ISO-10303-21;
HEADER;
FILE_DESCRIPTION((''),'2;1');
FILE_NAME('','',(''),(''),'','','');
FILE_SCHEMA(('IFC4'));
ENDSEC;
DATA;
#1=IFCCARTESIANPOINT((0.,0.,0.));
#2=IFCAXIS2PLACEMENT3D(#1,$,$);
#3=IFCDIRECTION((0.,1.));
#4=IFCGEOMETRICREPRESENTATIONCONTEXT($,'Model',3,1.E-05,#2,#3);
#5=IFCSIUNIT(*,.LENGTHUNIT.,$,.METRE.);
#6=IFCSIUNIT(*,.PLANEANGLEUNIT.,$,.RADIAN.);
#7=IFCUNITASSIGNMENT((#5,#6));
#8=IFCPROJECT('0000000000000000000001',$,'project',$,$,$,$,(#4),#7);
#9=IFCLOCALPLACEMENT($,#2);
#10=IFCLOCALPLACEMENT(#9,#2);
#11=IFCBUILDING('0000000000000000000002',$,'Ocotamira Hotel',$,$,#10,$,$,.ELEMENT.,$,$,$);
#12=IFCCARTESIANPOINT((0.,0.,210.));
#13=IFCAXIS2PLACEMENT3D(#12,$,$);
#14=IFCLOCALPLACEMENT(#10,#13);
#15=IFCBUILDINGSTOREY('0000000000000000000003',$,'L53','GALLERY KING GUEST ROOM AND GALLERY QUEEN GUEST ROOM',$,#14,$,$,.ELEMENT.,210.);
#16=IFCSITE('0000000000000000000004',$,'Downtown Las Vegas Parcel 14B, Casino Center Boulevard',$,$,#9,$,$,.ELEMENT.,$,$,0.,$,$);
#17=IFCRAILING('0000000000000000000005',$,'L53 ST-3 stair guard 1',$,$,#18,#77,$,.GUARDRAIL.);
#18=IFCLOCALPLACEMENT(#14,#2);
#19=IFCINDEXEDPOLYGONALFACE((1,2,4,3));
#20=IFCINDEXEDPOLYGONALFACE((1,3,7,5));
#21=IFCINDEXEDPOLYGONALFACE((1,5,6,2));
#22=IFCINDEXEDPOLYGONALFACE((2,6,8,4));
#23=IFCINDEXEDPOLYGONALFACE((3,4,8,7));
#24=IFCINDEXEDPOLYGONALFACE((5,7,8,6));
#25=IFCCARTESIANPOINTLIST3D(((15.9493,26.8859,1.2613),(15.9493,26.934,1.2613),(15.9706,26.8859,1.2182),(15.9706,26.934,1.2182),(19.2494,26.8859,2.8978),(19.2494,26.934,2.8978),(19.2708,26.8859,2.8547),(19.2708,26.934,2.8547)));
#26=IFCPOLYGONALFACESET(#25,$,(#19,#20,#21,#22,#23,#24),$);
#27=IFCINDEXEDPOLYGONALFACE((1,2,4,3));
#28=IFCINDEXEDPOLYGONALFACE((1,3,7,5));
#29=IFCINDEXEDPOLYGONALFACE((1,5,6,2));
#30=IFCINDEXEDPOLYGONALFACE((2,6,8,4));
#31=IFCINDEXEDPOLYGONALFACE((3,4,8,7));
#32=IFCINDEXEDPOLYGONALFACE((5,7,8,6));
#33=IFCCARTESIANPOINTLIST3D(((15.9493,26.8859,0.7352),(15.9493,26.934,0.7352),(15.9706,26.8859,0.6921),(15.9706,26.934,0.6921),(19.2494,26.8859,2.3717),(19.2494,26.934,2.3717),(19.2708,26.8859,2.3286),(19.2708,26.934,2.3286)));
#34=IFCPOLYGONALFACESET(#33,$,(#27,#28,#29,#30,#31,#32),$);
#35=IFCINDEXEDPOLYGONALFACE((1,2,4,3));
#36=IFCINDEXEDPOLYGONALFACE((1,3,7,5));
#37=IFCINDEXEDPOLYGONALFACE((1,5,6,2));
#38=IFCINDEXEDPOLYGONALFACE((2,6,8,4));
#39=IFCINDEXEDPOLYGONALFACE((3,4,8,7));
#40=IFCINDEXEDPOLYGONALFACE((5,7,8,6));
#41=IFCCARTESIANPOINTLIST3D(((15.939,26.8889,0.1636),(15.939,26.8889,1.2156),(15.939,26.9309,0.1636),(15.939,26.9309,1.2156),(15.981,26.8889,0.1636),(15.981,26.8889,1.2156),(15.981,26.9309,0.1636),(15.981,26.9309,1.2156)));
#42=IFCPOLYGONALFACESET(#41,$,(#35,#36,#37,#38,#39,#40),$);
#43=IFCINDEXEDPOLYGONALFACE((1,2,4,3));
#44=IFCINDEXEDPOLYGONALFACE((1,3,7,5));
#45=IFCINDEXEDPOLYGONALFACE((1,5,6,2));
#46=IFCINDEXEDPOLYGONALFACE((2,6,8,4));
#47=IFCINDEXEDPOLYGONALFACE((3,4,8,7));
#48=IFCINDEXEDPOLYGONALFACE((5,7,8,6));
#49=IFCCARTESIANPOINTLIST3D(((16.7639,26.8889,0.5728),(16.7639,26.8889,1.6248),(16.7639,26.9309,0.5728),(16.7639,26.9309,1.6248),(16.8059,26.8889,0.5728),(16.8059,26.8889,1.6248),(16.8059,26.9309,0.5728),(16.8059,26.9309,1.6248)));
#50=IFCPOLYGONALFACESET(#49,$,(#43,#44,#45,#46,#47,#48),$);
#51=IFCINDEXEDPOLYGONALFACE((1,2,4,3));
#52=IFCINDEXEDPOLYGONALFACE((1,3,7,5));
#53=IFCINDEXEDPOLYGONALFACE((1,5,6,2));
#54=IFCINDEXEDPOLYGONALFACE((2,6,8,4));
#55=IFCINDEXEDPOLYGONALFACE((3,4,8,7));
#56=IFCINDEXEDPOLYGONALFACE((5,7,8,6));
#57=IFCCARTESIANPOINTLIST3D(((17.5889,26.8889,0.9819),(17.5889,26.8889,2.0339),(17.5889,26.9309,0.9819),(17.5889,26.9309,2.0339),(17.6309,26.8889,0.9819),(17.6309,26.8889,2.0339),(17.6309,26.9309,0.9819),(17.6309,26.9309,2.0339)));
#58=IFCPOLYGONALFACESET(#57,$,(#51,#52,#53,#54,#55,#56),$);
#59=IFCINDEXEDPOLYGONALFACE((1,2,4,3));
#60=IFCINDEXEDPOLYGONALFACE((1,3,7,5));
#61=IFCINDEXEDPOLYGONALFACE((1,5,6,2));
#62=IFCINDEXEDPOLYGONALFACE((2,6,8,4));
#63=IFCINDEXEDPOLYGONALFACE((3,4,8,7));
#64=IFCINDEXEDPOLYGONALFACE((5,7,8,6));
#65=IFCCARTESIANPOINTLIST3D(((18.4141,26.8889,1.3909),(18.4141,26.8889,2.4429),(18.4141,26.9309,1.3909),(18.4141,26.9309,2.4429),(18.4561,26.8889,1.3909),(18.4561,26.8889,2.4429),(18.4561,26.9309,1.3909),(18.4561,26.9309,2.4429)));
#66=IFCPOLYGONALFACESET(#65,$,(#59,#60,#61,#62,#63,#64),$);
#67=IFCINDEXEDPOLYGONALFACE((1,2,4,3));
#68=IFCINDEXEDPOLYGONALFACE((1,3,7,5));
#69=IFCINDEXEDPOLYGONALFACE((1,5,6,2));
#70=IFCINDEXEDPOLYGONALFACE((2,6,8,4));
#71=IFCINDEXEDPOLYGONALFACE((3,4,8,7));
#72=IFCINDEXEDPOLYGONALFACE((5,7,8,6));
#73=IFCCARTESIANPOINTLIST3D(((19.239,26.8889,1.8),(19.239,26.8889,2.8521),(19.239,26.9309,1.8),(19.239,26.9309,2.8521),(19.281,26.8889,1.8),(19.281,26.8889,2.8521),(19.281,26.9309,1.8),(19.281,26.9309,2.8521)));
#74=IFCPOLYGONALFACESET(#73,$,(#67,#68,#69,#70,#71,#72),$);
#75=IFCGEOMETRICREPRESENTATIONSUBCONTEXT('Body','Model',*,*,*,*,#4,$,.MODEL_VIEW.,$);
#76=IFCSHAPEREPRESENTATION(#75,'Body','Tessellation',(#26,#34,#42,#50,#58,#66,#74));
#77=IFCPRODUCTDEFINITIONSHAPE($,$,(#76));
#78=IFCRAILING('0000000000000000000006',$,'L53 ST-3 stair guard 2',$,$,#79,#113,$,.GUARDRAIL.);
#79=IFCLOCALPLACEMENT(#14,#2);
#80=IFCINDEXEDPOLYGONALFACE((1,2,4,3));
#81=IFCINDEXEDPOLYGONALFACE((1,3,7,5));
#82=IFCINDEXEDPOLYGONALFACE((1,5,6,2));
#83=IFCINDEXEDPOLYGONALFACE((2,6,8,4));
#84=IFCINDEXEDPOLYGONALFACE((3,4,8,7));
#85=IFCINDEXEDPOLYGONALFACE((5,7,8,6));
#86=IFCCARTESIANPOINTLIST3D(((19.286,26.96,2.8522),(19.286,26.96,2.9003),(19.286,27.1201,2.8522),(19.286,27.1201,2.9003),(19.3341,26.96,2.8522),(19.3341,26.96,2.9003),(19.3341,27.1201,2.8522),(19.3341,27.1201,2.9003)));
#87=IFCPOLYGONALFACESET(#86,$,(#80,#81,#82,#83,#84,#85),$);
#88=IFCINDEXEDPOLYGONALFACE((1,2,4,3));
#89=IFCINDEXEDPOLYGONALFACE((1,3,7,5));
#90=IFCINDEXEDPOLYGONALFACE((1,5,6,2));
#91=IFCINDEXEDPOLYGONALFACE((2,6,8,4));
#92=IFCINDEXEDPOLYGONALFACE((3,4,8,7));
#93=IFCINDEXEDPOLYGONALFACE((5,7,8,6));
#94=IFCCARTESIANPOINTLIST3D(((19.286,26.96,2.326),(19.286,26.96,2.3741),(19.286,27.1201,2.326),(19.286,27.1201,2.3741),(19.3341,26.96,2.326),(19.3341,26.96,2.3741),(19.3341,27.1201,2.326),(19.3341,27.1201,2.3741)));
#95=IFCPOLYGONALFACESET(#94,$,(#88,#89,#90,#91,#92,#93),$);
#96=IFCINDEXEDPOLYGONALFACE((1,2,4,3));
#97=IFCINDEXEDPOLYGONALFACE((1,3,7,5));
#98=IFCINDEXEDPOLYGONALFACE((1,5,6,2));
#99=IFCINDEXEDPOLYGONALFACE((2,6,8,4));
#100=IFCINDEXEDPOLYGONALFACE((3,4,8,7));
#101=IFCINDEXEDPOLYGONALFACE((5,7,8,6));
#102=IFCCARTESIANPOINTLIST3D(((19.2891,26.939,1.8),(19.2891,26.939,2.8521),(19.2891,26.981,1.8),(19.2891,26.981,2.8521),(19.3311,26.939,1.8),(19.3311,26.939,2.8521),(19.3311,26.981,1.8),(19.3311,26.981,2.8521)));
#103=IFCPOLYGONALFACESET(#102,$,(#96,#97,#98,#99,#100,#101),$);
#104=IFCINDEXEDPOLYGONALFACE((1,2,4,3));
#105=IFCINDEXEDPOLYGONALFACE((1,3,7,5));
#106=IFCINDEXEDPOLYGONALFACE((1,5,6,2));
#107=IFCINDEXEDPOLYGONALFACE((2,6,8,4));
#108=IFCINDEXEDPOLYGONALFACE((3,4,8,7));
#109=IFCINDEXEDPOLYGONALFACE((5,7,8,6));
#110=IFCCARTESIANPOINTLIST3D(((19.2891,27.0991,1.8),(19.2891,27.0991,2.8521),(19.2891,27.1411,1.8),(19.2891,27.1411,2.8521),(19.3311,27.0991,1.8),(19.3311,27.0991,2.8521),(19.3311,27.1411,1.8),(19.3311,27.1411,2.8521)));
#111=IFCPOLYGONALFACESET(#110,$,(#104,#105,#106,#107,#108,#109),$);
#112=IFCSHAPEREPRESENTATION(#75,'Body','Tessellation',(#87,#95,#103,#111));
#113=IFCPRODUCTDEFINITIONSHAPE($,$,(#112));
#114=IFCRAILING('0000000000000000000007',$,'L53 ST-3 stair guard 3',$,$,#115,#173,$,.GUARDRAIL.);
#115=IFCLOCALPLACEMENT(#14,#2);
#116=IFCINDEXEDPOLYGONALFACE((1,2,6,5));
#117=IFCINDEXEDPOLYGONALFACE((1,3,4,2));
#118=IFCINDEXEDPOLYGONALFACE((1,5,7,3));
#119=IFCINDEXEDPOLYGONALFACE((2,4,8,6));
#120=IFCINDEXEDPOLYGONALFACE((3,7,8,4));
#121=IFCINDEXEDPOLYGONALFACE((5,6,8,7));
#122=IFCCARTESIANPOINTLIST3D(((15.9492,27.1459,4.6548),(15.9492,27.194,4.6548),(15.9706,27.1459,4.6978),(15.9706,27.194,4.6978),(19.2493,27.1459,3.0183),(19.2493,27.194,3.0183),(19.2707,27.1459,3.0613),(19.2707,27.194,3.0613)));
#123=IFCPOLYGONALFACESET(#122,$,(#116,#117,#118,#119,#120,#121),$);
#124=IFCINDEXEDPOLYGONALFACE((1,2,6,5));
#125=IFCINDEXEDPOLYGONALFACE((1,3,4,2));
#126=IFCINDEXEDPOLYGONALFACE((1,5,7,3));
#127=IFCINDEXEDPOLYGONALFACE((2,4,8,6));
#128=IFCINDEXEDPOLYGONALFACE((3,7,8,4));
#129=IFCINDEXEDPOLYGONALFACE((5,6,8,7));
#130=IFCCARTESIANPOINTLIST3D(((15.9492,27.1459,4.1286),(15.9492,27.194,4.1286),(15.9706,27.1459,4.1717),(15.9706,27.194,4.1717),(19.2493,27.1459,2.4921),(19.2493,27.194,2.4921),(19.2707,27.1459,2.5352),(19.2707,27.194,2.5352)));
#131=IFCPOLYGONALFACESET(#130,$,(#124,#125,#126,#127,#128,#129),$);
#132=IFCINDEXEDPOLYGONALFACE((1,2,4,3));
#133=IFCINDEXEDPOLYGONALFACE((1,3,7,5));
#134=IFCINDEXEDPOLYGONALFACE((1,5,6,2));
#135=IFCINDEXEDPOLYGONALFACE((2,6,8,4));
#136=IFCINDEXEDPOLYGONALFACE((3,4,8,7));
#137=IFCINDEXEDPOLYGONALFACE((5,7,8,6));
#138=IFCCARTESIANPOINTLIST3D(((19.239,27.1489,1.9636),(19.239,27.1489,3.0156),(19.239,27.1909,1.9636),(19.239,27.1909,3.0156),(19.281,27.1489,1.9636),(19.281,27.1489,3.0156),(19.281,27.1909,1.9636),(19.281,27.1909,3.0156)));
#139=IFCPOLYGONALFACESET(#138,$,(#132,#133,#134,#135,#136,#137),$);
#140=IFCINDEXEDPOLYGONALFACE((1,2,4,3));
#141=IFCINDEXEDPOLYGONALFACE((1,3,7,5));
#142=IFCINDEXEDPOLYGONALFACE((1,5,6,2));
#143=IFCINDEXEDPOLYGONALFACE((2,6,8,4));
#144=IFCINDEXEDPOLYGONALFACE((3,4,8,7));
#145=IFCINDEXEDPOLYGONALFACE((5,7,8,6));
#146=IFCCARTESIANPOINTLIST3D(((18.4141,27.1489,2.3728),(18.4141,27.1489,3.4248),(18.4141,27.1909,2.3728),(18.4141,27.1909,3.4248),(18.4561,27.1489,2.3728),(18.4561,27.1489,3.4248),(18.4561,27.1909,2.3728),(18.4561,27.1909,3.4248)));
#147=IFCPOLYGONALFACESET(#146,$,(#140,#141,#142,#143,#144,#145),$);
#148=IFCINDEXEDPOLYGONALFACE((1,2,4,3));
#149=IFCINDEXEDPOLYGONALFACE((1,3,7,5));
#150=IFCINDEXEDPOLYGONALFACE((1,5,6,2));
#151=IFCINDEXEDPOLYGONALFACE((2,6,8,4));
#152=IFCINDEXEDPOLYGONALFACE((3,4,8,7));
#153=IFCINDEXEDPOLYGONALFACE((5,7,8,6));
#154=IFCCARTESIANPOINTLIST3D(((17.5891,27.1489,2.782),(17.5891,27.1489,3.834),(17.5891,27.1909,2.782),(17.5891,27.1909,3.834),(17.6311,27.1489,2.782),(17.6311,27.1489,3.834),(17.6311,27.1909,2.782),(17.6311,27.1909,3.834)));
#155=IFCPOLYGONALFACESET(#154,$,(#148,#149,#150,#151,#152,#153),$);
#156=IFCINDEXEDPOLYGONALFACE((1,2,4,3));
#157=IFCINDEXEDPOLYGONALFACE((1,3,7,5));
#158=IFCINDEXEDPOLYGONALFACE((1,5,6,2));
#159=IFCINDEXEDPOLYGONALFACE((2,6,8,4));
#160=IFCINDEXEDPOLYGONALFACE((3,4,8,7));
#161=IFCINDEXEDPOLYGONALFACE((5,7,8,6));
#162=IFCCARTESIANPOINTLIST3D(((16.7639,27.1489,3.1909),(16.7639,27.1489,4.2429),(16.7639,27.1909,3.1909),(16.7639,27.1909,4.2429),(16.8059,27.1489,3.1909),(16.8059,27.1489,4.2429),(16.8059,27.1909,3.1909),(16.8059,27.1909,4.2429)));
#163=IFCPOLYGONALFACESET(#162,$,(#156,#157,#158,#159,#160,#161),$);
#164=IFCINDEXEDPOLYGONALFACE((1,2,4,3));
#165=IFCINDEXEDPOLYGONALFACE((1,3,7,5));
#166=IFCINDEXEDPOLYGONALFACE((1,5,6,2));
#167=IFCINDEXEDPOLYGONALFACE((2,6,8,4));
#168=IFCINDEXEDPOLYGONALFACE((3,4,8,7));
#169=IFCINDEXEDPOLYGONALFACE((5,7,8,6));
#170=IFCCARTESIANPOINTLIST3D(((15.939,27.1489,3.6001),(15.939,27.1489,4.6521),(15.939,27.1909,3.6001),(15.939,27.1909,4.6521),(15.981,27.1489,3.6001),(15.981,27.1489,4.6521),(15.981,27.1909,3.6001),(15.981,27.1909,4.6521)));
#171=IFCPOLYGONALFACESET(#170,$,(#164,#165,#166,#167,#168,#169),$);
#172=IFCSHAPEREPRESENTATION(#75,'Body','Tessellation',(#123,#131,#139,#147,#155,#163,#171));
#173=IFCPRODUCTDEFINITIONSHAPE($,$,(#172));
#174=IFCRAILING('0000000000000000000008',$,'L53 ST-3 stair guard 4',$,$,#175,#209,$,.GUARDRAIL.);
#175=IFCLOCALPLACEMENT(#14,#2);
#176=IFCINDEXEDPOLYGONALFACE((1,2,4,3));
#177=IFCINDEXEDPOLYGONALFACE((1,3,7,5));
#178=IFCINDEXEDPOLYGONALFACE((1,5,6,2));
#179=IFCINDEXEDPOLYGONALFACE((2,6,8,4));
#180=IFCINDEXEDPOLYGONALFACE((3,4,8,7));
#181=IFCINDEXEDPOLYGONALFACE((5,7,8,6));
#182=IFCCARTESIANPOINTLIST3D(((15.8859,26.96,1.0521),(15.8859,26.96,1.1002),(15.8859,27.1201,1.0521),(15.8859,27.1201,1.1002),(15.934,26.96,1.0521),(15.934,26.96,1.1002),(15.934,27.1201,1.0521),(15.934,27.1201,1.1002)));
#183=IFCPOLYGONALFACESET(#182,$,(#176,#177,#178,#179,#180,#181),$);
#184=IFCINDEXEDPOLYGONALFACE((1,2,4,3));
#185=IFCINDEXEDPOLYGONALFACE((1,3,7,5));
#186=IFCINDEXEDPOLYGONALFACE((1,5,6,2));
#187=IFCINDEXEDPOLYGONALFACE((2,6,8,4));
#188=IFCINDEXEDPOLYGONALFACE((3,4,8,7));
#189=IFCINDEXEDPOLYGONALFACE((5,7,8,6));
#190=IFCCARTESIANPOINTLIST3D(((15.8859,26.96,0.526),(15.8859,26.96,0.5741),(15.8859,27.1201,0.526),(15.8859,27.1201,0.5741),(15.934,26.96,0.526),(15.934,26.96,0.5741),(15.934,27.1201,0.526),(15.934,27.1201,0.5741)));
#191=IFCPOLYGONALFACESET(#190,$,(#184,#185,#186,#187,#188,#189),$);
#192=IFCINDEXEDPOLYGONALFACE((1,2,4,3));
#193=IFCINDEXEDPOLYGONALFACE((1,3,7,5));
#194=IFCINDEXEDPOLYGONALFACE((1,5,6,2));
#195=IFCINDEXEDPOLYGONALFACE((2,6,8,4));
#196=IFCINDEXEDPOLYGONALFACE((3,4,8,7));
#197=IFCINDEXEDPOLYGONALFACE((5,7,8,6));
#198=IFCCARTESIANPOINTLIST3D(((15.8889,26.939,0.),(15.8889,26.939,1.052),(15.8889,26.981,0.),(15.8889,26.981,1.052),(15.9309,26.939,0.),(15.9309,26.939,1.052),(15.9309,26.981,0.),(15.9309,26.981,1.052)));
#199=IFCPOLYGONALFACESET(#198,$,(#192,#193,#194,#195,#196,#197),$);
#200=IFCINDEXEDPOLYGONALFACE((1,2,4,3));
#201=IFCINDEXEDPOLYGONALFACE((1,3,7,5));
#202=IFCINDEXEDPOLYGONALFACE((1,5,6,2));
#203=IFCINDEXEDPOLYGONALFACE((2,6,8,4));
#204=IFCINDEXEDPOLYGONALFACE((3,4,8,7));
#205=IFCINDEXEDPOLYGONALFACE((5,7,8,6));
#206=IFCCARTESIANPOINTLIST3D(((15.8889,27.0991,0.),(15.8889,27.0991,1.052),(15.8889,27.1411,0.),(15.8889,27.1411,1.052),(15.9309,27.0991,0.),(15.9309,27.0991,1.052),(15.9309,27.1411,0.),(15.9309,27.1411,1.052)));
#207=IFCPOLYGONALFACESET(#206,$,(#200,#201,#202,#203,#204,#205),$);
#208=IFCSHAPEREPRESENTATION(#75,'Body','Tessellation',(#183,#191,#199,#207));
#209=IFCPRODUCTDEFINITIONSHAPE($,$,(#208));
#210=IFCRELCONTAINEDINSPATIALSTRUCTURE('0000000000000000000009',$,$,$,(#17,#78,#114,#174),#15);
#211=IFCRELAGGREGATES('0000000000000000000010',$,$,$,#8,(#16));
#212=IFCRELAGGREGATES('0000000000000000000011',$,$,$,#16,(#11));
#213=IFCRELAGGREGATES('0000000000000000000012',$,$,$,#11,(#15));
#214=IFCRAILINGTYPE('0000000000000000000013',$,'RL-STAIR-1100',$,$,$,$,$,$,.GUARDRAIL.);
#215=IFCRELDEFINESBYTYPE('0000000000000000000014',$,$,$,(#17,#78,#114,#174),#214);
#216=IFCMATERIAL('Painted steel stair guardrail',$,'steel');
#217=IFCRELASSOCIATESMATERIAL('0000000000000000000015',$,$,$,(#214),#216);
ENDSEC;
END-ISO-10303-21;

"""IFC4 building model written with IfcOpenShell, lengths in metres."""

from ifc_helpers import new_model, si_unit, direction, frame, origin, origin_2d, place, context, subcontext, project, spatial, rectangle, extrude, material, type_object, element, save


model = new_model("IFC4")

# Units and contexts
model_context = context("Model", 3, precision=1e-05, world=origin(), true_north=direction((0.0, 1.0)))
body_context = subcontext(model_context, "Body", "Model", "MODEL_VIEW")
ifc_project = project(units=[si_unit("LENGTHUNIT", "METRE"), si_unit("PLANEANGLEUNIT", "RADIAN")], contexts=[model_context])

# Site, building, storey
site_placement = place(None, origin())
site = spatial("IfcSite", under=ifc_project, at=site_placement, Name="Downtown Las Vegas Parcel 14B, Casino Center Boulevard", CompositionType="ELEMENT", RefElevation=0.0)
building_placement = place(site_placement, origin())
building = spatial("IfcBuilding", under=site, at=building_placement, Name="Ocotamira Hotel", CompositionType="ELEMENT")
storey_placement = place(building_placement, frame((0.0, 0.0, 210.0)))
storey = spatial("IfcBuildingStorey", under=building, at=storey_placement, Name="L53", Description="GALLERY KING GUEST ROOM AND GALLERY QUEEN GUEST ROOM", CompositionType="ELEMENT", Elevation=210.0)

# Railings
ifc_material_1 = material(Name="Painted steel stair guardrail", Category="steel")
railing_type_1 = type_object("IfcRailingType", Name="RL-STAIR-1100", PredefinedType="GUARDRAIL", material=ifc_material_1)
railing_1_placement = place(storey_placement, frame((15.96, 26.9099, 0.1636)))
element("IfcRailing", 1, at=railing_1_placement, inside=storey, type_object=railing_type_1, Name="L53 ST-3 stair guard 1", PredefinedType="GUARDRAIL", context=body_context, shape_type="SweptSolid", body=[
    extrude(rectangle(XDim=0.0481, YDim=0.0481, at=origin_2d()), frame((0.0, 0.0, 1.0762), z_axis=(0.895894, 0.0, 0.444268), x_axis=(0.0, 1.0, 0.0)), (0.0, 0.0, 1.0), 3.6836),
    extrude(rectangle(XDim=0.0481, YDim=0.0481, at=origin_2d()), frame((0.0, 0.0, 0.55), z_axis=(0.895894, 0.0, 0.444268), x_axis=(0.0, 1.0, 0.0)), (0.0, 0.0, 1.0), 3.6836),
    extrude(rectangle(XDim=0.042, YDim=0.042, at=origin_2d()), origin(), (0.0, 0.0, 1.0), 1.052),
    extrude(rectangle(XDim=0.042, YDim=0.042, at=origin_2d()), frame((0.825, 0.0, 0.4092)), (0.0, 0.0, 1.0), 1.052),
    extrude(rectangle(XDim=0.042, YDim=0.042, at=origin_2d()), frame((1.6499, 0.0, 0.8184)), (0.0, 0.0, 1.0), 1.052),
    extrude(rectangle(XDim=0.042, YDim=0.042, at=origin_2d()), frame((2.4751, 0.0, 1.2273)), (0.0, 0.0, 1.0), 1.052),
    extrude(rectangle(XDim=0.042, YDim=0.042, at=origin_2d()), frame((3.3, 0.0, 1.6365)), (0.0, 0.0, 1.0), 1.052),
])
railing_2_placement = place(storey_placement, frame((19.3101, 26.96, 1.8)))
element("IfcRailing", 2, at=railing_2_placement, inside=storey, type_object=railing_type_1, Name="L53 ST-3 stair guard 2", PredefinedType="GUARDRAIL", context=body_context, shape_type="SweptSolid", body=[
    extrude(rectangle(XDim=0.0481, YDim=0.0481, at=origin_2d()), frame((0.0, 0.0, 1.0762), z_axis=(0.0, 1.0, 0.0), x_axis=(-1.0, 0.0, 0.0)), (0.0, 0.0, 1.0), 0.1602),
    extrude(rectangle(XDim=0.0481, YDim=0.0481, at=origin_2d()), frame((0.0, 0.0, 0.55), z_axis=(0.0, 1.0, 0.0), x_axis=(-1.0, 0.0, 0.0)), (0.0, 0.0, 1.0), 0.1602),
    extrude(rectangle(XDim=0.042, YDim=0.042, at=origin_2d()), origin(), (0.0, 0.0, 1.0), 1.052),
    extrude(rectangle(XDim=0.042, YDim=0.042, at=origin_2d()), frame((0.0, 0.1602, 0.0)), (0.0, 0.0, 1.0), 1.052),
])
railing_3_placement = place(storey_placement, frame((19.26, 27.1699, 1.9636)))
element("IfcRailing", 3, at=railing_3_placement, inside=storey, type_object=railing_type_1, Name="L53 ST-3 stair guard 3", PredefinedType="GUARDRAIL", context=body_context, shape_type="SweptSolid", body=[
    extrude(rectangle(XDim=0.0481, YDim=0.0481, at=origin_2d()), frame((0.0, 0.0, 1.0762), z_axis=(-0.895894, 0.0, 0.444268), x_axis=(0.0, -1.0, 0.0)), (0.0, 0.0, 1.0), 3.6836),
    extrude(rectangle(XDim=0.0481, YDim=0.0481, at=origin_2d()), frame((0.0, 0.0, 0.55), z_axis=(-0.895894, 0.0, 0.444268), x_axis=(0.0, -1.0, 0.0)), (0.0, 0.0, 1.0), 3.6836),
    extrude(rectangle(XDim=0.042, YDim=0.042, at=origin_2d()), origin(), (0.0, 0.0, 1.0), 1.052),
    extrude(rectangle(XDim=0.042, YDim=0.042, at=origin_2d()), frame((-0.825, 0.0, 0.4092)), (0.0, 0.0, 1.0), 1.052),
    extrude(rectangle(XDim=0.042, YDim=0.042, at=origin_2d()), frame((-1.6499, 0.0, 0.8184)), (0.0, 0.0, 1.0), 1.052),
    extrude(rectangle(XDim=0.042, YDim=0.042, at=origin_2d()), frame((-2.4751, 0.0, 1.2273)), (0.0, 0.0, 1.0), 1.052),
    extrude(rectangle(XDim=0.042, YDim=0.042, at=origin_2d()), frame((-3.3, 0.0, 1.6365)), (0.0, 0.0, 1.0), 1.052),
])
railing_4_placement = place(storey_placement, frame((15.9099, 26.96, 0.0)))
element("IfcRailing", 4, at=railing_4_placement, inside=storey, type_object=railing_type_1, Name="L53 ST-3 stair guard 4", PredefinedType="GUARDRAIL", context=body_context, shape_type="SweptSolid", body=[
    extrude(rectangle(XDim=0.0481, YDim=0.0481, at=origin_2d()), frame((0.0, 0.0, 1.0762), z_axis=(0.0, 1.0, 0.0), x_axis=(-1.0, 0.0, 0.0)), (0.0, 0.0, 1.0), 0.1602),
    extrude(rectangle(XDim=0.0481, YDim=0.0481, at=origin_2d()), frame((0.0, 0.0, 0.55), z_axis=(0.0, 1.0, 0.0), x_axis=(-1.0, 0.0, 0.0)), (0.0, 0.0, 1.0), 0.1602),
    extrude(rectangle(XDim=0.042, YDim=0.042, at=origin_2d()), origin(), (0.0, 0.0, 1.0), 1.052),
    extrude(rectangle(XDim=0.042, YDim=0.042, at=origin_2d()), frame((0.0, 0.1602, 0.0)), (0.0, 0.0, 1.0), 1.052),
])

save(model, "model.ifc")
